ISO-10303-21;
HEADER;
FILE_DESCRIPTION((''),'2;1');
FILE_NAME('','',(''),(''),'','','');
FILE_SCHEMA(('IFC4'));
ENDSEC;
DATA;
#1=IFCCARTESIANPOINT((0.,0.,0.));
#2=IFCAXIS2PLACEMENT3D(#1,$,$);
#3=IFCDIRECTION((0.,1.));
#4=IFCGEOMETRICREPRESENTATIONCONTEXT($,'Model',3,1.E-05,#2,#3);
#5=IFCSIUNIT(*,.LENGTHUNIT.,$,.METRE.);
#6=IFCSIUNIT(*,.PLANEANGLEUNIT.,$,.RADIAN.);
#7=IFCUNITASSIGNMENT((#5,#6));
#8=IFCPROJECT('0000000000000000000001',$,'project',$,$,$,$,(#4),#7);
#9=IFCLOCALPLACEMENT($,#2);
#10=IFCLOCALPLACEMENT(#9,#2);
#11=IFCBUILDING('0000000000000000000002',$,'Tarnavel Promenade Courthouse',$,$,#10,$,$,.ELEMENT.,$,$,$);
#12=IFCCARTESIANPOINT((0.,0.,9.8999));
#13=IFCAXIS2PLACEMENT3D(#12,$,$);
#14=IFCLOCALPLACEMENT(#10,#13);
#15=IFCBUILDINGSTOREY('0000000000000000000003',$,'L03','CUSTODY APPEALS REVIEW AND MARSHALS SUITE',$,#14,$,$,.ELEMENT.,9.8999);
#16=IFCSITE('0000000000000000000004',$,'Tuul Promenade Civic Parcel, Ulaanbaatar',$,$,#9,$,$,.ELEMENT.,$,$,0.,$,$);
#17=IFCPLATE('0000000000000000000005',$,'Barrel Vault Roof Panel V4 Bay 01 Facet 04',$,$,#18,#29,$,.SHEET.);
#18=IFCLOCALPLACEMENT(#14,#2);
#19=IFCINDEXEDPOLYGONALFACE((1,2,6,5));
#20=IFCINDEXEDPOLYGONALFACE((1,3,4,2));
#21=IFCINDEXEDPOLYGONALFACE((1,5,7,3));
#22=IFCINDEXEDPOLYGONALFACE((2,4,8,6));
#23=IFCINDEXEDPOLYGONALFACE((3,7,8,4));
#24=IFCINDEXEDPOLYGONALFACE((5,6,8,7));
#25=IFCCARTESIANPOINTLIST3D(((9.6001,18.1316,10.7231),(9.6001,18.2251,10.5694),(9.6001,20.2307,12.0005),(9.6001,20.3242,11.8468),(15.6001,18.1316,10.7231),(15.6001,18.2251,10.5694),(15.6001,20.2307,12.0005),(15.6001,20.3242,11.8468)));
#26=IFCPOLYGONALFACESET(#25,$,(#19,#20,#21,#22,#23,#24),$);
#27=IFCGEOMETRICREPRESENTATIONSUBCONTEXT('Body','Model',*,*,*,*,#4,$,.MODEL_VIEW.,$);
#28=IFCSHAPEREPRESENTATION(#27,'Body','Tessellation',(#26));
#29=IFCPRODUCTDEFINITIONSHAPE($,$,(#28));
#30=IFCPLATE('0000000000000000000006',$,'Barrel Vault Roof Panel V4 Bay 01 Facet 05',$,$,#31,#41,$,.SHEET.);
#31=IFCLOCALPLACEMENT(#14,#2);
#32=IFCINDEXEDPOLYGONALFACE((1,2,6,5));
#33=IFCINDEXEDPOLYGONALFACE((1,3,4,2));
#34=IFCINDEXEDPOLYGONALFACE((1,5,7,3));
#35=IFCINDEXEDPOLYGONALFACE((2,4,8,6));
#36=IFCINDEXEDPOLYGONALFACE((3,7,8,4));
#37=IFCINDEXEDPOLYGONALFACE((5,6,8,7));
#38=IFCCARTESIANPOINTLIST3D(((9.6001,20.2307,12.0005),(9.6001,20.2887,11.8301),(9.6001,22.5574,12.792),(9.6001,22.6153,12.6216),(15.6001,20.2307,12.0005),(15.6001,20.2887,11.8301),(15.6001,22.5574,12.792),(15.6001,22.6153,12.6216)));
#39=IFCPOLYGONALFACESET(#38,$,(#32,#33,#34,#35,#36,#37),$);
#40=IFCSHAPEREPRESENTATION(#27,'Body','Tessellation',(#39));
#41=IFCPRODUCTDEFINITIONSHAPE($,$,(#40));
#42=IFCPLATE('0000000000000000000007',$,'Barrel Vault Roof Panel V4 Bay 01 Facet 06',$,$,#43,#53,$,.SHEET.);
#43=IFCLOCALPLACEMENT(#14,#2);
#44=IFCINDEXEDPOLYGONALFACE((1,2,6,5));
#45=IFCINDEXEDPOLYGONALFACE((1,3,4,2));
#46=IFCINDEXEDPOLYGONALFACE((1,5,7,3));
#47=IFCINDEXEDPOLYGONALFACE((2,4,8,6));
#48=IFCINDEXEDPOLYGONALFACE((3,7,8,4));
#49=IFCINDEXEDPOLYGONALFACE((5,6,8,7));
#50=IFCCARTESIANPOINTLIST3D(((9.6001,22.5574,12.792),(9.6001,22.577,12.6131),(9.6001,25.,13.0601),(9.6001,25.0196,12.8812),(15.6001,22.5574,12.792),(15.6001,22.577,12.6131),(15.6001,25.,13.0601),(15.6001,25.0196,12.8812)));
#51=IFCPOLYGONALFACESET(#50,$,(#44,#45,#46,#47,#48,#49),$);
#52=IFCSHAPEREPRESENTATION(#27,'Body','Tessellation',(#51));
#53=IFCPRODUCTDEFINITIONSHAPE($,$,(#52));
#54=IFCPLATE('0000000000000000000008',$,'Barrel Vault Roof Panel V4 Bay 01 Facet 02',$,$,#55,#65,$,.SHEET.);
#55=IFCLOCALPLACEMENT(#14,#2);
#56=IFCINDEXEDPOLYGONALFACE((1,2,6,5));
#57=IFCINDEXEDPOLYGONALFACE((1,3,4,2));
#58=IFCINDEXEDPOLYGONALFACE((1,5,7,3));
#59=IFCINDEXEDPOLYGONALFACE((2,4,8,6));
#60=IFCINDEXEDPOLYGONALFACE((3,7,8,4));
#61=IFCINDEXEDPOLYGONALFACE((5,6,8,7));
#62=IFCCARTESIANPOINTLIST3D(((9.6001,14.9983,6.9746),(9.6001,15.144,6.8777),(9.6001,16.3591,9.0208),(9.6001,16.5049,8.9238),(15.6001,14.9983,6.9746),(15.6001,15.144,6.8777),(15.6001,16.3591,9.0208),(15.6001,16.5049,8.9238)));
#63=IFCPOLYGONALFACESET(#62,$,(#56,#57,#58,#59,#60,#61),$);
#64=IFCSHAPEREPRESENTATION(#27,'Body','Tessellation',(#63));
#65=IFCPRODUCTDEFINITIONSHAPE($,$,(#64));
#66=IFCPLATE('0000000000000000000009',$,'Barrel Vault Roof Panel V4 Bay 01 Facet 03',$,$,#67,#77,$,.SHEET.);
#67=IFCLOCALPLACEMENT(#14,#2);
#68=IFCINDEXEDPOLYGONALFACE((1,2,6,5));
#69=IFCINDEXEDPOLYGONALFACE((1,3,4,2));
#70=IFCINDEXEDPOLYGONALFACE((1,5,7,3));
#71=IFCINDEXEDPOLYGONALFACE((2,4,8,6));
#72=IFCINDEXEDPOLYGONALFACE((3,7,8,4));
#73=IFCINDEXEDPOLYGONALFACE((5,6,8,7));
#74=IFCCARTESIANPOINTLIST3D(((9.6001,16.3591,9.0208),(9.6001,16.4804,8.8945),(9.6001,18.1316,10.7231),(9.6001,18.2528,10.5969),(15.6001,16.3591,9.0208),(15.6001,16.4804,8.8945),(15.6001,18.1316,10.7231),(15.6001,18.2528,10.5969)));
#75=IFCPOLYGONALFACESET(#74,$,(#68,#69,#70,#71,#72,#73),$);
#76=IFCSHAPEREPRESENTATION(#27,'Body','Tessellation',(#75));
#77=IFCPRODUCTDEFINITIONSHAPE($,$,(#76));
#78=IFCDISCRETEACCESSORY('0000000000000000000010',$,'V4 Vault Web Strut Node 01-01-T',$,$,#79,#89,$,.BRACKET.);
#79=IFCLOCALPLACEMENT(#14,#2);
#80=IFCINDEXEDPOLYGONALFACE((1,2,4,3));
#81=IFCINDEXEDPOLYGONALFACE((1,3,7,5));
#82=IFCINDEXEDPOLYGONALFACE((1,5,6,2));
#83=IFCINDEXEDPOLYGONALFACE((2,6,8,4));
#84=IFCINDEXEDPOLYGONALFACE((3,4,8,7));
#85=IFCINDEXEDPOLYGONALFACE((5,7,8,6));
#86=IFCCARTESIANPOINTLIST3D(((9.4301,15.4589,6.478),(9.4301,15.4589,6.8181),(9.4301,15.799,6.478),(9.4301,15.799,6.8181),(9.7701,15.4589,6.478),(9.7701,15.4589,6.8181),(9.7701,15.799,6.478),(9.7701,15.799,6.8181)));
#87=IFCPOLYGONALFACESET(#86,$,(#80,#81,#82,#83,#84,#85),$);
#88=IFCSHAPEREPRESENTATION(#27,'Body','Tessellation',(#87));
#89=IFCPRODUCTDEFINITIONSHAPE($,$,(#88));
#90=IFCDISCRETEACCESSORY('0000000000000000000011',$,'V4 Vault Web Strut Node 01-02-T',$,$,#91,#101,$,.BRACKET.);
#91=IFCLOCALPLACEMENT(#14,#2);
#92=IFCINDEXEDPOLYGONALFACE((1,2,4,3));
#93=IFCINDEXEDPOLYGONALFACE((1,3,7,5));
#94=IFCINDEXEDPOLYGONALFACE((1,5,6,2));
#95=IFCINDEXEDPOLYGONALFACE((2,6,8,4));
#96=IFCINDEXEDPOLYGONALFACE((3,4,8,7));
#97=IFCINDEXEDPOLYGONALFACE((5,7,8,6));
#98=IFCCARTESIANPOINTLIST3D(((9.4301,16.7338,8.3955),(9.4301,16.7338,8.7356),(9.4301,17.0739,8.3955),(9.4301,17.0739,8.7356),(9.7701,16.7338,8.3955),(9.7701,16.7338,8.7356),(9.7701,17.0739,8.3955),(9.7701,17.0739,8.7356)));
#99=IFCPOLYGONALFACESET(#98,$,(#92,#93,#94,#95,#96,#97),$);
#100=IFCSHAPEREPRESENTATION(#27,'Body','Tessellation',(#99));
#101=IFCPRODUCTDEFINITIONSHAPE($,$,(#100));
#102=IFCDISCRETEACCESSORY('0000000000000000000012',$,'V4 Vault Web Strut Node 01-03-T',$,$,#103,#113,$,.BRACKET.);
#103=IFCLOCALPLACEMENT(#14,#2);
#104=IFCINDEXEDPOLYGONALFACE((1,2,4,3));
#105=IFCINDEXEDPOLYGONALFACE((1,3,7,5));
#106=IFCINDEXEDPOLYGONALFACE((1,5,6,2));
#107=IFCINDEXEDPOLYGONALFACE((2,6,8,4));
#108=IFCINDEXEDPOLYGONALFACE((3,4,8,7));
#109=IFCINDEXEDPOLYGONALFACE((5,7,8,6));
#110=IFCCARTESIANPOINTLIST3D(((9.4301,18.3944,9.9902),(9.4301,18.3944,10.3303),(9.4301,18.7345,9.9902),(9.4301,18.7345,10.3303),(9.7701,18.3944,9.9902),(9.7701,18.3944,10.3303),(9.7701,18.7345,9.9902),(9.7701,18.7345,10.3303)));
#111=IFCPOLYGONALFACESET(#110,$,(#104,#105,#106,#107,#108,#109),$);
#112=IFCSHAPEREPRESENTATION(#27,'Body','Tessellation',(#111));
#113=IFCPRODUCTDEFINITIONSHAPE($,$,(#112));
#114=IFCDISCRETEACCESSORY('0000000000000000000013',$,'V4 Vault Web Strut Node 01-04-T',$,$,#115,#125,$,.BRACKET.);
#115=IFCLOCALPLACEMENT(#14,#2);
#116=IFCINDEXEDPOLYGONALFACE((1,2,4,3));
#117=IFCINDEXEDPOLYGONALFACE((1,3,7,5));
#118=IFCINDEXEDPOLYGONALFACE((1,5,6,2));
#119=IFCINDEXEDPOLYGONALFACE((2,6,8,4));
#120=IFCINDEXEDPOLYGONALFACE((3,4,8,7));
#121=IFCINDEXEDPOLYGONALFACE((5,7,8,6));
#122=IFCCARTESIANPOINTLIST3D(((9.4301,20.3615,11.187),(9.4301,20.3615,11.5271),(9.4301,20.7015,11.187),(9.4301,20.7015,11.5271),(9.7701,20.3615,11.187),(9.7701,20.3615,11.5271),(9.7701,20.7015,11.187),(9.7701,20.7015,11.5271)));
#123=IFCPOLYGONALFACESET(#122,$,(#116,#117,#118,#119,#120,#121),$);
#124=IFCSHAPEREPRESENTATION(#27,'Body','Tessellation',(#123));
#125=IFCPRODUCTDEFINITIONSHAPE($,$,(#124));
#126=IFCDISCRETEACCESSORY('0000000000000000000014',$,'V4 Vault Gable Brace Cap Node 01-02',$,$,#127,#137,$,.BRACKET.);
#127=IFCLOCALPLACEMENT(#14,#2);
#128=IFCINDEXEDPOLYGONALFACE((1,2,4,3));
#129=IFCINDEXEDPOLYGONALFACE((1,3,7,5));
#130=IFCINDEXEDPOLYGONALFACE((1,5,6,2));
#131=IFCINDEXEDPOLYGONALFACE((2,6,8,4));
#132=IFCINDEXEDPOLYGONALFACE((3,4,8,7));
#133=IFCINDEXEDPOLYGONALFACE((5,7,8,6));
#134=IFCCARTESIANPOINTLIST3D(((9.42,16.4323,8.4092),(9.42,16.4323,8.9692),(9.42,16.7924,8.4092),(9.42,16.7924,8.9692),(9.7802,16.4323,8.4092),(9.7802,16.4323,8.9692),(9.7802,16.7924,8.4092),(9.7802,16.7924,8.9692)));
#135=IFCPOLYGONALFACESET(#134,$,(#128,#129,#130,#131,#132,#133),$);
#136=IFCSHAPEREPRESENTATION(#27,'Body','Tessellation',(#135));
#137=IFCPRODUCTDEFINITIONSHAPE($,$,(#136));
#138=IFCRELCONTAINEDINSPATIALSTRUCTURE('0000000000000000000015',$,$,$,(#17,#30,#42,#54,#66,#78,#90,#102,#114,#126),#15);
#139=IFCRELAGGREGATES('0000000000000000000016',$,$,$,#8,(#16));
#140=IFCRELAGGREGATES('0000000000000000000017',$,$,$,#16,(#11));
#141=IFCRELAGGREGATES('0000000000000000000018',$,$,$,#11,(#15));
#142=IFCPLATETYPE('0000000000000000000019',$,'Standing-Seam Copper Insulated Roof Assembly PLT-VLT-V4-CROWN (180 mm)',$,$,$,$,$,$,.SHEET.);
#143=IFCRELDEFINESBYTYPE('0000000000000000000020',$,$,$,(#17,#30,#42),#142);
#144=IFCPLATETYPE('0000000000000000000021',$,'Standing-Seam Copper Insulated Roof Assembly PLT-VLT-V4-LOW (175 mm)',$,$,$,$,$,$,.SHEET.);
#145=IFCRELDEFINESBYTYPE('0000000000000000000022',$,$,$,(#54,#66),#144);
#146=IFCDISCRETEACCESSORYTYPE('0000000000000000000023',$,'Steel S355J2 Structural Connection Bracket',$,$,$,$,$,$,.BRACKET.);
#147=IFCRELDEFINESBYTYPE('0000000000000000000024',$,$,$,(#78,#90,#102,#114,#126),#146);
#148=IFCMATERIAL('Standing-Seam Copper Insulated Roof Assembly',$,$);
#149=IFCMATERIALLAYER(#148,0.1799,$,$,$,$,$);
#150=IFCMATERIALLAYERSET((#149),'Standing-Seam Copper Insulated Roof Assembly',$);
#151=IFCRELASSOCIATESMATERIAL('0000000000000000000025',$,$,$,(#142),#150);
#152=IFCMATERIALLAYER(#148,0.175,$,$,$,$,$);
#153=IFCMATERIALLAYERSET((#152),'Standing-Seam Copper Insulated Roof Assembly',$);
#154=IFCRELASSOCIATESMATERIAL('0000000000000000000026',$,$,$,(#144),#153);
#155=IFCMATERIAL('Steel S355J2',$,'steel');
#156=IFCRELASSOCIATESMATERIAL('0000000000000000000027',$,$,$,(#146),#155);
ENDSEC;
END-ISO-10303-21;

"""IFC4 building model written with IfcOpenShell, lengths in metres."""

from ifc_helpers import new_model, si_unit, direction, frame, origin, origin_2d, place, context, subcontext, project, spatial, polyline, rectangle, outline, extrude, material, layer, layer_set, type_object, element, save


model = new_model("IFC4")

# Units and contexts
model_context = context("Model", 3, precision=1e-05, world=origin(), true_north=direction((0.0, 1.0)))
body_context = subcontext(model_context, "Body", "Model", "MODEL_VIEW")
ifc_project = project(units=[si_unit("LENGTHUNIT", "METRE"), si_unit("PLANEANGLEUNIT", "RADIAN")], contexts=[model_context])

# Site, building, storey
site_placement = place(None, origin())
site = spatial("IfcSite", under=ifc_project, at=site_placement, Name="Tuul Promenade Civic Parcel, Ulaanbaatar", CompositionType="ELEMENT", RefElevation=0.0)
building_placement = place(site_placement, origin())
building = spatial("IfcBuilding", under=site, at=building_placement, Name="Tarnavel Promenade Courthouse", CompositionType="ELEMENT")
storey_placement = place(building_placement, frame((0.0, 0.0, 9.8999)))
storey = spatial("IfcBuildingStorey", under=building, at=storey_placement, Name="L03", Description="CUSTODY APPEALS REVIEW AND MARSHALS SUITE", CompositionType="ELEMENT", Elevation=9.8999)

# Shared definitions
ifc_material_1 = material(Name="Steel S355J2", Category="steel")

# Plates
ifc_material_2 = material(Name="Standing-Seam Copper Insulated Roof Assembly")
ifc_layer_1 = layer(ifc_material_2, 0.1799)
ifc_layer_set_1 = layer_set([ifc_layer_1], Name="Standing-Seam Copper Insulated Roof Assembly")
plate_type_1 = type_object("IfcPlateType", Name="Standing-Seam Copper Insulated Roof Assembly PLT-VLT-V4-CROWN (180 mm)", PredefinedType="SHEET", material=ifc_layer_set_1)
plate_1_placement = place(storey_placement, frame((9.6001, 18.1316, 10.7231), z_axis=(0.0, -0.519833, 0.854268), x_axis=(1.0, 0.0, 0.0)))
element("IfcPlate", 1, at=plate_1_placement, inside=storey, type_object=plate_type_1, Name="Barrel Vault Roof Panel V4 Bay 01 Facet 04", PredefinedType="SHEET", context=body_context, shape_type="SweptSolid", body=[
    extrude(outline(polyline([(0.0, 0.0), (6.0, 0.0), (6.0, 2.4572), (0.0, 2.4572), (0.0, 0.0)])), origin(), (0.0, 0.0, -1.0), 0.1799),
])
plate_2_placement = place(storey_placement, frame((9.6001, 20.2307, 12.0005), z_axis=(0.0, -0.322063, 0.946718), x_axis=(1.0, 0.0, 0.0)))
element("IfcPlate", 2, at=plate_2_placement, inside=storey, type_object=plate_type_1, Name="Barrel Vault Roof Panel V4 Bay 01 Facet 05", PredefinedType="SHEET", context=body_context, shape_type="SweptSolid", body=[
    extrude(outline(polyline([(0.0, 0.0), (6.0, 0.0), (6.0, 2.4576), (0.0, 2.4576), (0.0, 0.0)])), origin(), (0.0, 0.0, -1.0), 0.1799),
])
plate_3_placement = place(storey_placement, frame((9.6001, 22.5574, 12.792), z_axis=(0.0, -0.10909, 0.994032), x_axis=(1.0, 0.0, 0.0)))
element("IfcPlate", 3, at=plate_3_placement, inside=storey, type_object=plate_type_1, Name="Barrel Vault Roof Panel V4 Bay 01 Facet 06", PredefinedType="SHEET", context=body_context, shape_type="SweptSolid", body=[
    extrude(outline(polyline([(0.0, 0.0), (6.0, 0.0), (6.0, 2.4573), (0.0, 2.4573), (0.0, 0.0)])), origin(), (0.0, 0.0, -1.0), 0.1799),
])
ifc_layer_2 = layer(ifc_material_2, 0.175)
ifc_layer_set_2 = layer_set([ifc_layer_2], Name="Standing-Seam Copper Insulated Roof Assembly")
plate_type_2 = type_object("IfcPlateType", Name="Standing-Seam Copper Insulated Roof Assembly PLT-VLT-V4-LOW (175 mm)", PredefinedType="SHEET", material=ifc_layer_set_2)
plate_4_placement = place(storey_placement, frame((9.6001, 14.9983, 6.9746), z_axis=(0.0, -0.832661, 0.553783), x_axis=(1.0, 0.0, 0.0)))
element("IfcPlate", 4, at=plate_4_placement, inside=storey, type_object=plate_type_2, Name="Barrel Vault Roof Panel V4 Bay 01 Facet 02", PredefinedType="SHEET", context=body_context, shape_type="SweptSolid", body=[
    extrude(outline(polyline([(0.0, 0.0), (6.0, 0.0), (6.0, 2.4574), (0.0, 2.4574), (0.0, 0.0)])), origin(), (0.0, 0.0, -1.0), 0.175),
])
plate_5_placement = place(storey_placement, frame((9.6001, 16.3591, 9.0208), z_axis=(0.0, -0.692708, 0.721219), x_axis=(1.0, 0.0, 0.0)))
element("IfcPlate", 5, at=plate_5_placement, inside=storey, type_object=plate_type_2, Name="Barrel Vault Roof Panel V4 Bay 01 Facet 03", PredefinedType="SHEET", context=body_context, shape_type="SweptSolid", body=[
    extrude(outline(polyline([(0.0, 0.0), (6.0, 0.0), (6.0, 2.4576), (0.0, 2.4576), (0.0, 0.0)])), origin(), (0.0, 0.0, -1.0), 0.175),
])

# Discrete accessories
discrete_accessory_type = type_object("IfcDiscreteAccessoryType", Name="Steel S355J2 Structural Connection Bracket", PredefinedType="BRACKET", material=ifc_material_1)
for number, where, z_axis, x_axis, name in (
    (6, (9.6001, 15.6289, 6.478), (0.0, 0.0, 1.0), (1.0, 0.0, 0.0), "V4 Vault Web Strut Node 01-01-T"),
    (7, (9.6001, 16.9038, 8.3955), (0.0, 0.0, 1.0), (1.0, 0.0, 0.0), "V4 Vault Web Strut Node 01-02-T"),
    (8, (9.6001, 18.5645, 9.9902), (0.0, 0.0, 1.0), (1.0, 0.0, 0.0), "V4 Vault Web Strut Node 01-03-T"),
    (9, (9.6001, 20.5315, 11.187), (0.0, 0.0, 1.0), (1.0, 0.0, 0.0), "V4 Vault Web Strut Node 01-04-T"),
):
    element("IfcDiscreteAccessory", number, at=place(storey_placement, frame(where, z_axis=z_axis, x_axis=x_axis)), inside=storey, type_object=discrete_accessory_type, Name=name, PredefinedType="BRACKET", context=body_context, shape_type="SweptSolid", body=[
        extrude(rectangle(XDim=0.3401, YDim=0.3401, at=origin_2d()), origin(), (0.0, 0.0, 1.0), 0.3401),
    ])
discrete_accessory_placement = place(storey_placement, frame((9.6001, 16.6123, 8.4092), z_axis=(0.0, 0.0, 1.0), x_axis=(1.0, 0.0, 0.0)))
element("IfcDiscreteAccessory", 10, at=discrete_accessory_placement, inside=storey, type_object=discrete_accessory_type, Name="V4 Vault Gable Brace Cap Node 01-02", PredefinedType="BRACKET", context=body_context, shape_type="SweptSolid", body=[
    extrude(rectangle(XDim=0.3601, YDim=0.3601, at=origin_2d()), origin(), (0.0, 0.0, 1.0), 0.5601),
])

save(model, "model.ifc")
